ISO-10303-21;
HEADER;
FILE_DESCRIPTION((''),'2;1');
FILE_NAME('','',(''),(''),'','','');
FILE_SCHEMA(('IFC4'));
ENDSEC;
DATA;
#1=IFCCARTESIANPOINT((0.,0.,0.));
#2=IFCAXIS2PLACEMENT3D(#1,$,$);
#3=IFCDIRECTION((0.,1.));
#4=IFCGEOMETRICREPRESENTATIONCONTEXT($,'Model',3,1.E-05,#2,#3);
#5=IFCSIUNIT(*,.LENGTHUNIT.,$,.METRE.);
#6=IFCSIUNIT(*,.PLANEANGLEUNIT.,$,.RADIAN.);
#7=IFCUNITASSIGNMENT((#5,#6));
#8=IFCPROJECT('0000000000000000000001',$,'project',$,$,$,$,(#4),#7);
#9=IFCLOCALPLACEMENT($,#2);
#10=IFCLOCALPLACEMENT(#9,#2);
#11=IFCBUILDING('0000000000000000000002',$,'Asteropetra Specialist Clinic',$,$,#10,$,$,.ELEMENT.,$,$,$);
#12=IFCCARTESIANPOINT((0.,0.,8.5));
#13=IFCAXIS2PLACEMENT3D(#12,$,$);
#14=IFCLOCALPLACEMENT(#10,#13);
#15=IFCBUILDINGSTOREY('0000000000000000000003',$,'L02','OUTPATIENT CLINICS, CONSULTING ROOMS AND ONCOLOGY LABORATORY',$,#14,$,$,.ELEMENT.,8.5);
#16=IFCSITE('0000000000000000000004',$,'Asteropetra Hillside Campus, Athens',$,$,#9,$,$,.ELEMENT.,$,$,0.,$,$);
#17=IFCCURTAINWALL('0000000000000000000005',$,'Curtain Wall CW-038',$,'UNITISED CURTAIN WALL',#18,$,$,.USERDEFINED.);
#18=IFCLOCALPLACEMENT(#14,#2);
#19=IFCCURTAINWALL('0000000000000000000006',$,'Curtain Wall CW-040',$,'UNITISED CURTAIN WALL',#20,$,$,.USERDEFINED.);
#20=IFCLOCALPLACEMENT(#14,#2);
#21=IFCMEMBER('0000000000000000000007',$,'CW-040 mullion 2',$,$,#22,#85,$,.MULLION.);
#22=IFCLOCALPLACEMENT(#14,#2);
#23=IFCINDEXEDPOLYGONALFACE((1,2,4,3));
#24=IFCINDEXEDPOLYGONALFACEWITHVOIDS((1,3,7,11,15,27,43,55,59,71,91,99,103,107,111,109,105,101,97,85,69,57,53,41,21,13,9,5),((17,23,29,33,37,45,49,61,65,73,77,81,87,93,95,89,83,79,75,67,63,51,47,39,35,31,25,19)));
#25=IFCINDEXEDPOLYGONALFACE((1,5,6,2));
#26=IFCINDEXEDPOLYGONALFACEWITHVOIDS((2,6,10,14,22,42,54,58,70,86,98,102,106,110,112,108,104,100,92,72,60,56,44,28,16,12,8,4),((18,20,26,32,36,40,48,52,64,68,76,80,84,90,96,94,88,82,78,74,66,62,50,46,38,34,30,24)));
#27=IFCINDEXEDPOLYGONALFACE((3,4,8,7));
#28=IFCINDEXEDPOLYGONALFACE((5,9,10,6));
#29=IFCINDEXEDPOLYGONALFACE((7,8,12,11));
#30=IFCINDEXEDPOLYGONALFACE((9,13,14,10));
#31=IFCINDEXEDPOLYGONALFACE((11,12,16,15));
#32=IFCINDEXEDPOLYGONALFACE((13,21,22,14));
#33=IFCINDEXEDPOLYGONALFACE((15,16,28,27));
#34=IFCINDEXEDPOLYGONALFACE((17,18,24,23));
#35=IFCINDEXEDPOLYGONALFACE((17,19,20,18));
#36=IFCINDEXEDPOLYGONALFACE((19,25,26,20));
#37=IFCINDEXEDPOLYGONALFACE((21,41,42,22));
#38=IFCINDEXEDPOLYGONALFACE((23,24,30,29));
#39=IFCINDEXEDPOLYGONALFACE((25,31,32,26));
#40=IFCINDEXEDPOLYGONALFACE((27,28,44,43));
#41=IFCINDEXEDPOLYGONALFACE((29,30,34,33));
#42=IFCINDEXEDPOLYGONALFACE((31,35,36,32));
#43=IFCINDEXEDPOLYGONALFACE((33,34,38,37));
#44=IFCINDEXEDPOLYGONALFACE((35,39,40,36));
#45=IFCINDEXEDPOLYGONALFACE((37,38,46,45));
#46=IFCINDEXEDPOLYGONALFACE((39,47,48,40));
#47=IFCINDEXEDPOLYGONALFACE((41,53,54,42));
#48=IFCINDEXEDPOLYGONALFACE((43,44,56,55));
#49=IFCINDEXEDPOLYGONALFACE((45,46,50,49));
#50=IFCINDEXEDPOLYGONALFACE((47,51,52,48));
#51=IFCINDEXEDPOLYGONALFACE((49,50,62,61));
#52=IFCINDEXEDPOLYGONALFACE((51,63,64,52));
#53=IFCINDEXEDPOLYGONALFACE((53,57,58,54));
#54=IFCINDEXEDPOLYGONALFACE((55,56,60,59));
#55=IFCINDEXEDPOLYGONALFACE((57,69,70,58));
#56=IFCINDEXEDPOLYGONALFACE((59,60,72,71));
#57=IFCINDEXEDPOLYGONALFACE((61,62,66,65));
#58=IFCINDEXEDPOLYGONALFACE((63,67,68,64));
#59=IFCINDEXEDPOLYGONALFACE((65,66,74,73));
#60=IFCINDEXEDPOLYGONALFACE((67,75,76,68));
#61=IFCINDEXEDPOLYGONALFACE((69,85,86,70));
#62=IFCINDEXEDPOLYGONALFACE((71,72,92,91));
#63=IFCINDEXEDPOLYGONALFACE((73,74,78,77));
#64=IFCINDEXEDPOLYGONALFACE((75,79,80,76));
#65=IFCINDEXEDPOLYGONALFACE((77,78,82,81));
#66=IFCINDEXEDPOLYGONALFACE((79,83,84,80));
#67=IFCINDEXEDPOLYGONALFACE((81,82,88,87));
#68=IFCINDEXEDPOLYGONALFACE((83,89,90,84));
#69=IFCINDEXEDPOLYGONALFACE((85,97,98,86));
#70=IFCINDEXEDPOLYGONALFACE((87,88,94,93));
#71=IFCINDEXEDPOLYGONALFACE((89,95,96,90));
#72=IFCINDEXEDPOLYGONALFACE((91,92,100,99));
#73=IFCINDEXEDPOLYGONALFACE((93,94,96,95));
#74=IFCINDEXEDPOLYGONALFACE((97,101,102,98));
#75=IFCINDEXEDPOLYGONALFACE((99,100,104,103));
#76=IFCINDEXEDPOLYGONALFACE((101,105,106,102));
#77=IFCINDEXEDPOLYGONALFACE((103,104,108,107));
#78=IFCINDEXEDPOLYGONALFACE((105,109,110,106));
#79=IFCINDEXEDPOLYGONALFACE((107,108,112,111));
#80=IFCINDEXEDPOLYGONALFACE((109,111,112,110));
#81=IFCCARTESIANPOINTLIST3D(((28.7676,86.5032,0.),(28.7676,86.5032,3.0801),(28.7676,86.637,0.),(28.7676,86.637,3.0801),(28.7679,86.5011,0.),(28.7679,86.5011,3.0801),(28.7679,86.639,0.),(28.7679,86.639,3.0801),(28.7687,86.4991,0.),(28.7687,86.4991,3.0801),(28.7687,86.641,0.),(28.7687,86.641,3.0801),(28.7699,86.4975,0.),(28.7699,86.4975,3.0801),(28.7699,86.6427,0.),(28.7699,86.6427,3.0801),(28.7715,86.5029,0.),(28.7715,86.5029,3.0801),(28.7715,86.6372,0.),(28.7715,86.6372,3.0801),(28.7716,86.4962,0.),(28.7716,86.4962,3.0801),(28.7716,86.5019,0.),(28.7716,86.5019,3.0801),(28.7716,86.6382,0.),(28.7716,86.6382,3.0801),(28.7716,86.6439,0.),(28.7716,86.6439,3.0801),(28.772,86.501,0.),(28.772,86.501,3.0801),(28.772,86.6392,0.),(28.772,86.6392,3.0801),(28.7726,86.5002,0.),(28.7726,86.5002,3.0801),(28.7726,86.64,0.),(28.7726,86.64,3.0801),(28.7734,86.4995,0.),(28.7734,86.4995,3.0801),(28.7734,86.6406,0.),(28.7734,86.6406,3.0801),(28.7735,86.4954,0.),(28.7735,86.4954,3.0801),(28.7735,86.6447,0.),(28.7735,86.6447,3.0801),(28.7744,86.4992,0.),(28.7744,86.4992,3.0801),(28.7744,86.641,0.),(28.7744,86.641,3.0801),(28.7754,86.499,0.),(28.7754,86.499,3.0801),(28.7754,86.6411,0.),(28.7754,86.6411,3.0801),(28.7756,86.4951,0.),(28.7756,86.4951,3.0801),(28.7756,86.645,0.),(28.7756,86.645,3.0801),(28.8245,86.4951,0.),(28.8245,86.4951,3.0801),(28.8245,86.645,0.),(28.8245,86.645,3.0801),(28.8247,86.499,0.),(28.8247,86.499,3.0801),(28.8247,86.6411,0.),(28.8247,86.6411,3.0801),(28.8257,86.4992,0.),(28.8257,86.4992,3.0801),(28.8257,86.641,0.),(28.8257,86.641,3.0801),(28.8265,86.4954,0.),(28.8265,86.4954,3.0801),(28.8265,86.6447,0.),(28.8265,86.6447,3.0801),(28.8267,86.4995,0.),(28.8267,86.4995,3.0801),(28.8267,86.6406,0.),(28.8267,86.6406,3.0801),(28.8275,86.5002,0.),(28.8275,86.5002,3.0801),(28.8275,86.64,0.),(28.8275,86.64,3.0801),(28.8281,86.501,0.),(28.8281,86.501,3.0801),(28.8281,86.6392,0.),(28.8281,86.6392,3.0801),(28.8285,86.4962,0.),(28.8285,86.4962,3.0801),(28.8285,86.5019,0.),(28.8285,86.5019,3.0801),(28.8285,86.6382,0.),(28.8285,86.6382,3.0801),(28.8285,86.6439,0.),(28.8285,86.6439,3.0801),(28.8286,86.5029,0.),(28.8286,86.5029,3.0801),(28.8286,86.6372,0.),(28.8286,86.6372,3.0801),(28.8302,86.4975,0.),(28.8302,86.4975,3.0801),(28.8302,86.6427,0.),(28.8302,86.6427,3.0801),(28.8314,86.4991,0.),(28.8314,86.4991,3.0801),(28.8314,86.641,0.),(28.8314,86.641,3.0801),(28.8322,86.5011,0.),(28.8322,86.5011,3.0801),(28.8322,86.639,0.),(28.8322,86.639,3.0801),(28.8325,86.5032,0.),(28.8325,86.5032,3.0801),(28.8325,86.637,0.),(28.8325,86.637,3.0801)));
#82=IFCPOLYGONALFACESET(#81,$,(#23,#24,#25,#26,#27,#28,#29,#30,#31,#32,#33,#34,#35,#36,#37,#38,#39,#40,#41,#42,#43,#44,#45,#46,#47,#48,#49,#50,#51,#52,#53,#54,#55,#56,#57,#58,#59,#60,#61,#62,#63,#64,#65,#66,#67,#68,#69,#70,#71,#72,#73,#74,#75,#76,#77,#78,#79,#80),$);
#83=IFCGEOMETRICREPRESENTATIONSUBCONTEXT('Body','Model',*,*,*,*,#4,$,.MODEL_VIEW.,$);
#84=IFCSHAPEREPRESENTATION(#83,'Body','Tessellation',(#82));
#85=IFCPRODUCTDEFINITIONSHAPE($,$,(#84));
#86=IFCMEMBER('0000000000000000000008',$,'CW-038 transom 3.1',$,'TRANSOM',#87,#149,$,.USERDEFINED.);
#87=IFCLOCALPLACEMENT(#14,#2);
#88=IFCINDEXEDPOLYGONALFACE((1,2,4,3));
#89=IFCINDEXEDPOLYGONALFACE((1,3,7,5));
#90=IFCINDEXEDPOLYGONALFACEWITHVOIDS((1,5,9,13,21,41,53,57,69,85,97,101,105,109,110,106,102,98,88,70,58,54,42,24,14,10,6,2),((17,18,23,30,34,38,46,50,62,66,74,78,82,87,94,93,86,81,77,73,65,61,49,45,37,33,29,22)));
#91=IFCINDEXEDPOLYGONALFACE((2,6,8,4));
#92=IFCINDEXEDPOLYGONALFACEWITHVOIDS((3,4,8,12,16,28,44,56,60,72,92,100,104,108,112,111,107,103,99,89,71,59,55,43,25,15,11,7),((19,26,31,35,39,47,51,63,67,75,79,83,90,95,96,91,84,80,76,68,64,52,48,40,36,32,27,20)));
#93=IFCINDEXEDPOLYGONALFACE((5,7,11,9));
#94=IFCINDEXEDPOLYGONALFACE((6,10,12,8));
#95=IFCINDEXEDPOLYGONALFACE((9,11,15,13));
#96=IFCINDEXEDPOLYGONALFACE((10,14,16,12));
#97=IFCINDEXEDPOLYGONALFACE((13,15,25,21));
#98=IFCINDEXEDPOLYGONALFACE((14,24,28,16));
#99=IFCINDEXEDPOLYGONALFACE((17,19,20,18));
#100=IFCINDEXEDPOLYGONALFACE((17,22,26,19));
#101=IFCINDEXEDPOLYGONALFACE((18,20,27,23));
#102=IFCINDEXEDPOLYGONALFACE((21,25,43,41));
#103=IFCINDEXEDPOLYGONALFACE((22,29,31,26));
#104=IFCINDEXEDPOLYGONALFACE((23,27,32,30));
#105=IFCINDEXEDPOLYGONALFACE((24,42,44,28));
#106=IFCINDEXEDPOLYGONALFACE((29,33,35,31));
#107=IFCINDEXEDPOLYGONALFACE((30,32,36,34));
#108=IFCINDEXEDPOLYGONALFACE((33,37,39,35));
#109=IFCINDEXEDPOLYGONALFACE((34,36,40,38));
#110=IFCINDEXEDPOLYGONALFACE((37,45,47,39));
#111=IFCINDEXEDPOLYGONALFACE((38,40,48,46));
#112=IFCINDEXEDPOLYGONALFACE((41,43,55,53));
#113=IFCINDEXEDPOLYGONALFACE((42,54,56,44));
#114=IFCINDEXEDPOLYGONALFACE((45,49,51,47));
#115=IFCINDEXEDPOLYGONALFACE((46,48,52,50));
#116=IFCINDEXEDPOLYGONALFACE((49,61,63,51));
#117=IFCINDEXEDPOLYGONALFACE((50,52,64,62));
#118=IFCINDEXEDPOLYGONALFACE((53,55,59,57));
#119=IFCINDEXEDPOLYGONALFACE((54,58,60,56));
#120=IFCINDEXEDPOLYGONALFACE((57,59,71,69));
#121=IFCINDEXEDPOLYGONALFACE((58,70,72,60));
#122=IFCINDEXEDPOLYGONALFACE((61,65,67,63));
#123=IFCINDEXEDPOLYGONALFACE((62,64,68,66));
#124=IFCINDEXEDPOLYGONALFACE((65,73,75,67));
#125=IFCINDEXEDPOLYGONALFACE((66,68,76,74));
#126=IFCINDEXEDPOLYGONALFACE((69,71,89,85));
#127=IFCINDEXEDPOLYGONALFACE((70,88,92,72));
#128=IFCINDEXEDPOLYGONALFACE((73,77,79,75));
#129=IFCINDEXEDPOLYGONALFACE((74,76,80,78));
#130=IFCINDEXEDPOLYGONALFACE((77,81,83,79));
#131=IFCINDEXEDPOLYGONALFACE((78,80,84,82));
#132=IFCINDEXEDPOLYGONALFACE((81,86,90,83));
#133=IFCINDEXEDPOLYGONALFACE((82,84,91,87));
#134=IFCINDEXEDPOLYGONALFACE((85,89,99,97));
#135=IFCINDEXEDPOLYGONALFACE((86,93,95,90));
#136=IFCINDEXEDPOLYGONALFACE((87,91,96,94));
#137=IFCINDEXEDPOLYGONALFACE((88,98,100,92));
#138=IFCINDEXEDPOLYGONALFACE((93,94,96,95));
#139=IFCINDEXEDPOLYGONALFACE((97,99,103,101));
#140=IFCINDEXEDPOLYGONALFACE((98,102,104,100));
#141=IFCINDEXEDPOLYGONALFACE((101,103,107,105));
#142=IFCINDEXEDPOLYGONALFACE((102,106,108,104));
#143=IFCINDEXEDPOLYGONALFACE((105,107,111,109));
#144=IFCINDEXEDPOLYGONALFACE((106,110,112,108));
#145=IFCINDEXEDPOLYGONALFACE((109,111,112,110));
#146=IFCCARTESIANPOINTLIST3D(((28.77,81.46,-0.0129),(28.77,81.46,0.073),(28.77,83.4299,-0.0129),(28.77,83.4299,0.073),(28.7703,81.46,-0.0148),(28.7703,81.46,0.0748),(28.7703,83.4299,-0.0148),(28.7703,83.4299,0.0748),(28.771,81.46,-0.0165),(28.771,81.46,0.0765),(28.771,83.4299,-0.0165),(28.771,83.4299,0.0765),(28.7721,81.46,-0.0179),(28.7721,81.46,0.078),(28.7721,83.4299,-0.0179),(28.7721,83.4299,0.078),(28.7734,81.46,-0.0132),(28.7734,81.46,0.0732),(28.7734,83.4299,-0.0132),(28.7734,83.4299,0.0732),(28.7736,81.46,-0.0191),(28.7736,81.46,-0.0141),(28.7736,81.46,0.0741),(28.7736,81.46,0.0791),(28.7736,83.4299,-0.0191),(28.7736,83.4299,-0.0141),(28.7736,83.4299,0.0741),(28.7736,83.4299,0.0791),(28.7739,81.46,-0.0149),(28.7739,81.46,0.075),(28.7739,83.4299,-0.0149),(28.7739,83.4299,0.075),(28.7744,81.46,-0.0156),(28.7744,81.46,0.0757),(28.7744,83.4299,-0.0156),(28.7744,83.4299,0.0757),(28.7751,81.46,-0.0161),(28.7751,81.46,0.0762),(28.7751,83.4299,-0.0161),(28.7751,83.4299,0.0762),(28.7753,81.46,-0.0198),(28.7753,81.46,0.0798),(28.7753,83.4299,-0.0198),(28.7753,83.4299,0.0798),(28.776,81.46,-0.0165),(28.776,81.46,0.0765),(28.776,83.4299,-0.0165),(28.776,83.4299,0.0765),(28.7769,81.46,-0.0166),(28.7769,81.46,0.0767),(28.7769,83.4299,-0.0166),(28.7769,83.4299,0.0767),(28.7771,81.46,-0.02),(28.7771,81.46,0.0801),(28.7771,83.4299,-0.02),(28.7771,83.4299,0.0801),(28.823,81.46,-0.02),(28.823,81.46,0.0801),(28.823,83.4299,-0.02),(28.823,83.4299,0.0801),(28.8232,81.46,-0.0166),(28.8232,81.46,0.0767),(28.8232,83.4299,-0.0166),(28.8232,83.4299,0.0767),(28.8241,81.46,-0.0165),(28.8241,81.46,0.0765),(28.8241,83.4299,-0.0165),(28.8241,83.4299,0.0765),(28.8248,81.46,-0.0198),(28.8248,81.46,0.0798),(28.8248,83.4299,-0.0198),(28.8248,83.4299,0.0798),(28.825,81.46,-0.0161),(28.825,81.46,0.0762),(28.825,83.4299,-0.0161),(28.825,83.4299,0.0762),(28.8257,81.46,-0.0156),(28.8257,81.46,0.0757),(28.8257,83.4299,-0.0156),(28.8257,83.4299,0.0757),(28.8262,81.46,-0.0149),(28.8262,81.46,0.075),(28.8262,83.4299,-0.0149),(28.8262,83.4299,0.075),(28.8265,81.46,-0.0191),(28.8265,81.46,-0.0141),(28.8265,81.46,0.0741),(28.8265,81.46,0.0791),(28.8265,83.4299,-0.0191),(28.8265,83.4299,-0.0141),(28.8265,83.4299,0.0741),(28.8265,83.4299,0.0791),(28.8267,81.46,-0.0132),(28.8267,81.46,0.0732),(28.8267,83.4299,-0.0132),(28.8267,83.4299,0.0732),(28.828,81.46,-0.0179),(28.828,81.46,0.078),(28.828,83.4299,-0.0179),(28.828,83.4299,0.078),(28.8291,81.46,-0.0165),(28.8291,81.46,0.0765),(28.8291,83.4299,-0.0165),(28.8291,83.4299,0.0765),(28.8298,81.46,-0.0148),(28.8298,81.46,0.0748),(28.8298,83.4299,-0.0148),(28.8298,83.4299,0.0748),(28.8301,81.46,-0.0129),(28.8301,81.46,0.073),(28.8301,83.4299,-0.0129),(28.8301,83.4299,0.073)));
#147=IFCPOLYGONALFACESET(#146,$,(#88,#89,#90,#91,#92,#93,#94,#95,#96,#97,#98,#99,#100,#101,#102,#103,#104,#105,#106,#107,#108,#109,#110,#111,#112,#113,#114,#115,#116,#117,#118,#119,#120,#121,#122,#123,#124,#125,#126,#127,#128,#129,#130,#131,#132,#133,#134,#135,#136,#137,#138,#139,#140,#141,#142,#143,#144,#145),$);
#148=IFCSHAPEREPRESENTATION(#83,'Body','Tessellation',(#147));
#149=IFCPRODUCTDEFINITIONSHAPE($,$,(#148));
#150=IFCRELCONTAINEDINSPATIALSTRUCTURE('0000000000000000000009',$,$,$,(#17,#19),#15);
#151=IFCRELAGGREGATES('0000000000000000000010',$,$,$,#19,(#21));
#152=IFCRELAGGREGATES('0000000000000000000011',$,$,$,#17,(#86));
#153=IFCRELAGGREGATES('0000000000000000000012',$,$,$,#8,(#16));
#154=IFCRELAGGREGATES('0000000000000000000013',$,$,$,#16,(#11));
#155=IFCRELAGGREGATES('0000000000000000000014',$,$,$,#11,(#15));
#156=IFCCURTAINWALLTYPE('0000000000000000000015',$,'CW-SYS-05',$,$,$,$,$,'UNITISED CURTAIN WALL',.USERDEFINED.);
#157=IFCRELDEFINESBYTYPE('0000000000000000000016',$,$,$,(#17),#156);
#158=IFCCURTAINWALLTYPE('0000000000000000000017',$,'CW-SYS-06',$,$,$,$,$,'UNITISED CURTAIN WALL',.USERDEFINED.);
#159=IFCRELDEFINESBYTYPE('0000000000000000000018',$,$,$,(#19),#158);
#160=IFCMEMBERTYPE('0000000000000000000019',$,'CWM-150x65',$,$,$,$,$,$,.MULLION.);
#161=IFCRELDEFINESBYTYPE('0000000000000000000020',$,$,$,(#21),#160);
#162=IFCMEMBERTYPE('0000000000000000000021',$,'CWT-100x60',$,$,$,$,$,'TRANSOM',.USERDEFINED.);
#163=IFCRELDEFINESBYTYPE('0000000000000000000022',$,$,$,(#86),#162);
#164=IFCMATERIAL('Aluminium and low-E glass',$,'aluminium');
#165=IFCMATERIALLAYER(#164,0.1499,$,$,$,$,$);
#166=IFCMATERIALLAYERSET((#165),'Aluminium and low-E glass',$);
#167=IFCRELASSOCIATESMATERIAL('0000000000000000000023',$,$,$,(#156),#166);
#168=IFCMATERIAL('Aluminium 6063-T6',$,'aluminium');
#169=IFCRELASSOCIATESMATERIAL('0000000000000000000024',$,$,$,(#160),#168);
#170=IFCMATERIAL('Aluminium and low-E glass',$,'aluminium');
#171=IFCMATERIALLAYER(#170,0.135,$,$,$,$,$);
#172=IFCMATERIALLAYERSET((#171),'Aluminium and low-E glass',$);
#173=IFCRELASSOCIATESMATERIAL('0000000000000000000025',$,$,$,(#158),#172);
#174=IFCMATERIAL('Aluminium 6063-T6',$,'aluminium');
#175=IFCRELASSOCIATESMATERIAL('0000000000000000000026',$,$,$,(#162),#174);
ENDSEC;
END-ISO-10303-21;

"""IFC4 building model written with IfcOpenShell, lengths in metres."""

from ifc_helpers import new_model, si_unit, direction, frame, origin, origin_2d, place, context, subcontext, project, spatial, hollow_rectangle, extrude, material, layer, layer_set, material_profile, profile_set, type_object, element, aggregate, save


model = new_model("IFC4")

# Units and contexts
model_context = context("Model", 3, precision=1e-05, world=origin(), true_north=direction((0.0, 1.0)))
body_context = subcontext(model_context, "Body", "Model", "MODEL_VIEW")
ifc_project = project(units=[si_unit("LENGTHUNIT", "METRE"), si_unit("PLANEANGLEUNIT", "RADIAN")], contexts=[model_context])

# Site, building, storey
site_placement = place(None, origin())
site = spatial("IfcSite", under=ifc_project, at=site_placement, Name="Asteropetra Hillside Campus, Athens", CompositionType="ELEMENT", RefElevation=0.0)
building_placement = place(site_placement, origin())
building = spatial("IfcBuilding", under=site, at=building_placement, Name="Asteropetra Specialist Clinic", CompositionType="ELEMENT")
storey_placement = place(building_placement, frame((0.0, 0.0, 8.5)))
storey = spatial("IfcBuildingStorey", under=building, at=storey_placement, Name="L02", Description="OUTPATIENT CLINICS, CONSULTING ROOMS AND ONCOLOGY LABORATORY", CompositionType="ELEMENT", Elevation=8.5)

# Curtain wall
ifc_material_1 = material(Name="Aluminium and low-E glass", Category="aluminium")
ifc_layer_1 = layer(ifc_material_1, 0.1499)
ifc_layer_set_1 = layer_set([ifc_layer_1], Name="Aluminium and low-E glass")
curtain_wall_type_1 = type_object("IfcCurtainWallType", Name="CW-SYS-05", ElementType="UNITISED CURTAIN WALL", PredefinedType="USERDEFINED", material=ifc_layer_set_1)
curtain_wall_1_placement = place(storey_placement, origin())
curtain_wall_1 = element("IfcCurtainWall", 1, at=curtain_wall_1_placement, inside=storey, type_object=curtain_wall_type_1, Name="Curtain Wall CW-038", ObjectType="UNITISED CURTAIN WALL", PredefinedType="USERDEFINED")

# Shared definitions
ifc_material_2 = material(Name="Aluminium 6063-T6", Category="aluminium")
ifc_material_profile_1 = material_profile(ifc_material_2, hollow_rectangle(XDim=0.0649, YDim=0.1499, WallThickness=0.0039, InnerFilletRadius=0.0039, OuterFilletRadius=0.0081, at=origin_2d()), Name="MUL 150x65x4.0")
ifc_profile_set_1 = profile_set([ifc_material_profile_1], Name="Aluminium 6063-T6")
member_type_1 = type_object("IfcMemberType", Name="CWM-150x65", PredefinedType="MULLION", material=ifc_profile_set_1)

# Curtain wall, member
ifc_material_3 = material(Name="Aluminium and low-E glass", Category="aluminium")
ifc_layer_2 = layer(ifc_material_3, 0.135)
ifc_layer_set_2 = layer_set([ifc_layer_2], Name="Aluminium and low-E glass")
curtain_wall_type_2 = type_object("IfcCurtainWallType", Name="CW-SYS-06", ElementType="UNITISED CURTAIN WALL", PredefinedType="USERDEFINED", material=ifc_layer_set_2)
curtain_wall_2_placement = place(storey_placement, origin())
curtain_wall_2 = element("IfcCurtainWall", 2, at=curtain_wall_2_placement, inside=storey, type_object=curtain_wall_type_2, Name="Curtain Wall CW-040", ObjectType="UNITISED CURTAIN WALL", PredefinedType="USERDEFINED")
member_1_placement = place(storey_placement, frame((28.8, 86.5701, 0.0), z_axis=(0.0, 0.0, 1.0), x_axis=(-1.0, 0.0, 0.0)))
member_1 = element("IfcMember", 3, at=member_1_placement, type_object=member_type_1, Name="CW-040 mullion 2", PredefinedType="MULLION", context=body_context, shape_type="SweptSolid", body=[
    extrude(hollow_rectangle(XDim=0.0649, YDim=0.1499, WallThickness=0.0039, InnerFilletRadius=0.0039, OuterFilletRadius=0.0081, at=origin_2d()), origin(), (0.0, 0.0, 1.0), 3.0801),
])

# Member
ifc_material_4 = material(Name="Aluminium 6063-T6", Category="aluminium")
ifc_material_profile_2 = material_profile(ifc_material_4, hollow_rectangle(XDim=0.0601, YDim=0.1001, WallThickness=0.0034, InnerFilletRadius=0.0034, OuterFilletRadius=0.0071, at=origin_2d()), Name="TRN 100x60x3.5")
ifc_profile_set_2 = profile_set([ifc_material_profile_2], Name="Aluminium 6063-T6")
member_type_2 = type_object("IfcMemberType", Name="CWT-100x60", ElementType="TRANSOM", PredefinedType="USERDEFINED", material=ifc_profile_set_2)
member_2_placement = place(storey_placement, frame((28.8, 81.46, 0.03), z_axis=(0.0, 1.0, 0.0), x_axis=(-1.0, 0.0, 0.0)))
member_2 = element("IfcMember", 4, at=member_2_placement, type_object=member_type_2, Name="CW-038 transom 3.1", ObjectType="TRANSOM", PredefinedType="USERDEFINED", context=body_context, shape_type="SweptSolid", body=[
    extrude(hollow_rectangle(XDim=0.0601, YDim=0.1001, WallThickness=0.0034, InnerFilletRadius=0.0034, OuterFilletRadius=0.0071, at=origin_2d()), origin(), (0.0, 0.0, 1.0), 1.97),
])

aggregate(curtain_wall_2, [member_1])
aggregate(curtain_wall_1, [member_2])

save(model, "model.ifc")
